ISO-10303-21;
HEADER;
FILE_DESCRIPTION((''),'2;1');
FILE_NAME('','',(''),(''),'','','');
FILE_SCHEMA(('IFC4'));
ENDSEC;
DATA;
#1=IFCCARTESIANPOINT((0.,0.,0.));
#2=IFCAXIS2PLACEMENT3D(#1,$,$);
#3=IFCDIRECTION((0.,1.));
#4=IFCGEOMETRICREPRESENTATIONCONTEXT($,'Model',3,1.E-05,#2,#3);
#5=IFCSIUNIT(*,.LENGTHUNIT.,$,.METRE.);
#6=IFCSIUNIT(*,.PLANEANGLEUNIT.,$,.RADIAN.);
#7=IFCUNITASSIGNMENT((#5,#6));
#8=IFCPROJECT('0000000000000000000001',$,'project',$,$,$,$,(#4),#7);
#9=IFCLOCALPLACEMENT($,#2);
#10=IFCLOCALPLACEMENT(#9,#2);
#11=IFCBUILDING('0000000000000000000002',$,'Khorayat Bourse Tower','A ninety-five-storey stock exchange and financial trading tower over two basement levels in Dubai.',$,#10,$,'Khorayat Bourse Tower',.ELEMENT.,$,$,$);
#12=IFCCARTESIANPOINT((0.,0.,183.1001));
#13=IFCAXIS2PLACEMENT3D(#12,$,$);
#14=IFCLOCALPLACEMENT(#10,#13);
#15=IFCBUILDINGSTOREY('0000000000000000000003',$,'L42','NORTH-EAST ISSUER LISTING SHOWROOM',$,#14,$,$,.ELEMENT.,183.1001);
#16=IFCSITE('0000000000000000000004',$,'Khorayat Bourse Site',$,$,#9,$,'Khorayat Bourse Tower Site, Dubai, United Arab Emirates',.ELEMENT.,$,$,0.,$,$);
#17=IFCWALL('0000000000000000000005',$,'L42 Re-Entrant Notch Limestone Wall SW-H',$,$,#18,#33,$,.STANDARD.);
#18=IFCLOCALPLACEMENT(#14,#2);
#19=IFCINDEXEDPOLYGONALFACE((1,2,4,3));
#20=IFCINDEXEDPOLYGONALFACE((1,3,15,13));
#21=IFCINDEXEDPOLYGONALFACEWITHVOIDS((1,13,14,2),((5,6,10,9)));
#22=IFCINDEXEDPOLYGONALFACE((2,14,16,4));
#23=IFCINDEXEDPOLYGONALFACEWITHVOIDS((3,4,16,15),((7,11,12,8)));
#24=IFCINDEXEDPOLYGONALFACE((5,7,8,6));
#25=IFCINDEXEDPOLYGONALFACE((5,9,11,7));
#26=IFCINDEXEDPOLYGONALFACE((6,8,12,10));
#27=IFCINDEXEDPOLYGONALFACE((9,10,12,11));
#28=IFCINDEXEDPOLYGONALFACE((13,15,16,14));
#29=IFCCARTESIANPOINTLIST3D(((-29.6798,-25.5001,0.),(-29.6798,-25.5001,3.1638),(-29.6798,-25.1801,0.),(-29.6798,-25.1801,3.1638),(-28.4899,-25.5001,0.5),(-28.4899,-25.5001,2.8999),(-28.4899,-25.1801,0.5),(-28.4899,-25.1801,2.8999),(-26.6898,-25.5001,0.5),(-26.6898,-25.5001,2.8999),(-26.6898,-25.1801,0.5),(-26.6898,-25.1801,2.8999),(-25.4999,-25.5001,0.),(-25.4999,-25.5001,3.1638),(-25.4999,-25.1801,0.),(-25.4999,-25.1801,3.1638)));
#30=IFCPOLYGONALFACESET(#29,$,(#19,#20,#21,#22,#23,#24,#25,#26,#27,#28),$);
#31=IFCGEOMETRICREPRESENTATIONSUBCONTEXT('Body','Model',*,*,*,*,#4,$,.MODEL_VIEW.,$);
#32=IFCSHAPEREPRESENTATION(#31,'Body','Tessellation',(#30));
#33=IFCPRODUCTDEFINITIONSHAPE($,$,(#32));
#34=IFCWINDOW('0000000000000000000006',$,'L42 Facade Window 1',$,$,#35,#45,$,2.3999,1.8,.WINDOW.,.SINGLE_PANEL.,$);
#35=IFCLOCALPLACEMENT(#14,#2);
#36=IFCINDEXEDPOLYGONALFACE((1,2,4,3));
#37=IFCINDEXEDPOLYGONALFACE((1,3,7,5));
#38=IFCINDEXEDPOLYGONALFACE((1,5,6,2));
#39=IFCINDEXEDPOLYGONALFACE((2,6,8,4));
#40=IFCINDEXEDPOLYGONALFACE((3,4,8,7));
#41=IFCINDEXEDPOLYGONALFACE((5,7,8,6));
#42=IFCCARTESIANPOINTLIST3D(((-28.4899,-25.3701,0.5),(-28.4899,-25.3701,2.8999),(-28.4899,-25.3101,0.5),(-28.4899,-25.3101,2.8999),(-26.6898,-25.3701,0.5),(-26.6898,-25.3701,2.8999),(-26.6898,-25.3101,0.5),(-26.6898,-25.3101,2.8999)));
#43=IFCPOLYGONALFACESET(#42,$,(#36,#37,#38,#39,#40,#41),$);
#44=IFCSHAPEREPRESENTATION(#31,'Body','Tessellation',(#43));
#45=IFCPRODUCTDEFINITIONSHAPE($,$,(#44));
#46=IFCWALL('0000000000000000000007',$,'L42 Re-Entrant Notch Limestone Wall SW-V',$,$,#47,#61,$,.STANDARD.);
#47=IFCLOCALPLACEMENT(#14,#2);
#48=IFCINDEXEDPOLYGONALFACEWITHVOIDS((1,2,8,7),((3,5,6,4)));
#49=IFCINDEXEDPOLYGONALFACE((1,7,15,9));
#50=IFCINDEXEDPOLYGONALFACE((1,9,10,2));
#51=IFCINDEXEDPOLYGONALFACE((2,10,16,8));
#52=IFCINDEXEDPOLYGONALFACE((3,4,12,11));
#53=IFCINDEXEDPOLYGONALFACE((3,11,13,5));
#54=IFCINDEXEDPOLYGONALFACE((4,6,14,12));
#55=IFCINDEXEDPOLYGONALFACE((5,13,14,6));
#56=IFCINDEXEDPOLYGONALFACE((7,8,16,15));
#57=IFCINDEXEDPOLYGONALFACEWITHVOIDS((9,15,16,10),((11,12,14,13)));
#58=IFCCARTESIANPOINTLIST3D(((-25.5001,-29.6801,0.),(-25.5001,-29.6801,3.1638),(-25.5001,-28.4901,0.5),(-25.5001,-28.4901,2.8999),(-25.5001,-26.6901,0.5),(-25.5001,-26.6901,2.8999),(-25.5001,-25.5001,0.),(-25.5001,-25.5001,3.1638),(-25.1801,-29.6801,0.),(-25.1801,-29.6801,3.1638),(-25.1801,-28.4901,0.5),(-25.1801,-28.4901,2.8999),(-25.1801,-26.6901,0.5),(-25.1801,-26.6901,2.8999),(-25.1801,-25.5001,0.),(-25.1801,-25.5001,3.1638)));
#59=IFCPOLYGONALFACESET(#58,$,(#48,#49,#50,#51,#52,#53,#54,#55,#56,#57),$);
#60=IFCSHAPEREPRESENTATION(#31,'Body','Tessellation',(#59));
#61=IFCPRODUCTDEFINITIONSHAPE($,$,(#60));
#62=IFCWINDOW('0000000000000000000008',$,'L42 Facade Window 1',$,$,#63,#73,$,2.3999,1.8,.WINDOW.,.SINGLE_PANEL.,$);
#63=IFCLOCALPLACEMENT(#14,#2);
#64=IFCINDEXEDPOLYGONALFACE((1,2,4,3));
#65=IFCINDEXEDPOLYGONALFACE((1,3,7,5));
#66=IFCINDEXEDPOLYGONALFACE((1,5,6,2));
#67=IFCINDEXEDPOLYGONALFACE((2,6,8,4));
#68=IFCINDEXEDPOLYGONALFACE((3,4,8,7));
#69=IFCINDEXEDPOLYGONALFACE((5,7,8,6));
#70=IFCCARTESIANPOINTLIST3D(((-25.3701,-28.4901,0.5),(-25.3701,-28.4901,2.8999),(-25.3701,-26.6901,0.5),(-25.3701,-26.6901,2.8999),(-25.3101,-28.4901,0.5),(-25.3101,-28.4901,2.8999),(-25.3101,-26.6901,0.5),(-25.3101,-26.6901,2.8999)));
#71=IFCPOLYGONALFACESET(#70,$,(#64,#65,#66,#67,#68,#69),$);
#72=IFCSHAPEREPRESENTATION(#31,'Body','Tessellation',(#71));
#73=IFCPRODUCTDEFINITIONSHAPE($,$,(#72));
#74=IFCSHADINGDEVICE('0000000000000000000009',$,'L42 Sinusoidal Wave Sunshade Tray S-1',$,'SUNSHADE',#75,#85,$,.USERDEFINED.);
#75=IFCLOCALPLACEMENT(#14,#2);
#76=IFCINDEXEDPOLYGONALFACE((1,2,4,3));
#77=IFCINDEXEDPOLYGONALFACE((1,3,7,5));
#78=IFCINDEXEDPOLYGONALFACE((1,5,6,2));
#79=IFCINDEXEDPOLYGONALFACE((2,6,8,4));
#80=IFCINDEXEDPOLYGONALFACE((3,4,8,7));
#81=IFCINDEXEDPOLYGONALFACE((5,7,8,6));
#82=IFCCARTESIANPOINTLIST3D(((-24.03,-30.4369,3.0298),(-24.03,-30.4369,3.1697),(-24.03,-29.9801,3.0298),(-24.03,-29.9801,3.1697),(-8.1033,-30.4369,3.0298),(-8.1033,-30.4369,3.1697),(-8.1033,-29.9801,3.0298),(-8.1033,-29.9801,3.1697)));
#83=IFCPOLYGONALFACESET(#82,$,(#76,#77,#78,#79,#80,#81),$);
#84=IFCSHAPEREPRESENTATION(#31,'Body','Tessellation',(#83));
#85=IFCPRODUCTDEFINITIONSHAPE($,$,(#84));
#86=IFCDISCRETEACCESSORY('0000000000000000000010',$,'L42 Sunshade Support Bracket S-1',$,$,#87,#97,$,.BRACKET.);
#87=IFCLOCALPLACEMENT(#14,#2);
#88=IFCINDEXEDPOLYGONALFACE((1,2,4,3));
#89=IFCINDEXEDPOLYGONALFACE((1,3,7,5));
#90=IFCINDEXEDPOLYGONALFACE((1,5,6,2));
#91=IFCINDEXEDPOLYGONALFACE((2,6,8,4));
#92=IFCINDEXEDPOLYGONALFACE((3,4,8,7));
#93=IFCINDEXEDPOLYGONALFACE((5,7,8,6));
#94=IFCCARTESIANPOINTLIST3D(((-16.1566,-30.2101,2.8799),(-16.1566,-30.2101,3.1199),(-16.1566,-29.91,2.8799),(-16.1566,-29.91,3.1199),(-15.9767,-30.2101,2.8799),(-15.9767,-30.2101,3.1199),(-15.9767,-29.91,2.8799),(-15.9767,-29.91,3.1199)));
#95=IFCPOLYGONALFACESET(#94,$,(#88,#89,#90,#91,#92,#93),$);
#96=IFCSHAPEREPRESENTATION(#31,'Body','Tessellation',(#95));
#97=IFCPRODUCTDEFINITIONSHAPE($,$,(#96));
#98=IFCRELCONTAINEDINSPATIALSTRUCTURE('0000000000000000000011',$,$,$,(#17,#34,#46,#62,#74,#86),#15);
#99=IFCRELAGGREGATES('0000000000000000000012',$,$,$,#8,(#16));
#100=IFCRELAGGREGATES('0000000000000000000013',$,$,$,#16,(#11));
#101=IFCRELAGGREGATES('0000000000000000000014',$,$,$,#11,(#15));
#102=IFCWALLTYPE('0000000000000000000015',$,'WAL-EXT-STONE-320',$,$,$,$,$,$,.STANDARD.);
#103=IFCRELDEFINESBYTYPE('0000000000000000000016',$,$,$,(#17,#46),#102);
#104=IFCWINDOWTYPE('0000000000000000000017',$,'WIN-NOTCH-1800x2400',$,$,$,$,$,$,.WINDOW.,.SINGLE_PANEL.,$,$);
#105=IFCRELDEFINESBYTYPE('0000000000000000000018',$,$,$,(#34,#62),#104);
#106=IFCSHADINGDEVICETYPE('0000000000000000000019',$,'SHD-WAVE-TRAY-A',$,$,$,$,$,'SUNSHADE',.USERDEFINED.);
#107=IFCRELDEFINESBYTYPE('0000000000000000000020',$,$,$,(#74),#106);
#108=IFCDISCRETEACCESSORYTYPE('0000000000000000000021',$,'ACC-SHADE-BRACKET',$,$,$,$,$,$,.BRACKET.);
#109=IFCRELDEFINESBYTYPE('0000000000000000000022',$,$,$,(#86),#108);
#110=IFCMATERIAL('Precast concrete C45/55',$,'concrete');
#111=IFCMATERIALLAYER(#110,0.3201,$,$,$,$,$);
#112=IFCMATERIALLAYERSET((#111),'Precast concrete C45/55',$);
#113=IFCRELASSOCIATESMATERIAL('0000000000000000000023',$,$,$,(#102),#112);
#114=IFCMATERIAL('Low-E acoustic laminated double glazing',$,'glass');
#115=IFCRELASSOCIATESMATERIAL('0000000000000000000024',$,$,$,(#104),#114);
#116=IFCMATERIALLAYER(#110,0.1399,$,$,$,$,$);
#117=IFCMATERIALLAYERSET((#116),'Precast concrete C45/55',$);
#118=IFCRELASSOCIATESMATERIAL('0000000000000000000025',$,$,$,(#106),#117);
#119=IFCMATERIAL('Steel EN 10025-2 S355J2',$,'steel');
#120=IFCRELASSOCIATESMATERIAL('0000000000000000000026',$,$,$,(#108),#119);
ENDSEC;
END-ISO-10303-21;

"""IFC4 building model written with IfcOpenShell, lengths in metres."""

from ifc_helpers import new_model, si_unit, direction, frame, frame_2d, origin, origin_2d, place, context, subcontext, project, spatial, rectangle, extrude, source, transform, mapped, material, layer, layer_set, type_object, element, fill, save


model = new_model("IFC4")

# Units and contexts
model_context = context("Model", 3, precision=1e-05, world=origin(), true_north=direction((0.0, 1.0)))
body_context = subcontext(model_context, "Body", "Model", "MODEL_VIEW")
ifc_project = project(units=[si_unit("LENGTHUNIT", "METRE"), si_unit("PLANEANGLEUNIT", "RADIAN")], contexts=[model_context])

# Site, building, storey
site_placement = place(None, origin())
site = spatial("IfcSite", under=ifc_project, at=site_placement, Name="Khorayat Bourse Site", LongName="Khorayat Bourse Tower Site, Dubai, United Arab Emirates", CompositionType="ELEMENT", RefElevation=0.0)
building_placement = place(site_placement, origin())
building = spatial("IfcBuilding", under=site, at=building_placement, Name="Khorayat Bourse Tower", Description="A ninety-five-storey stock exchange and financial trading tower over two basement levels in Dubai.", LongName="Khorayat Bourse Tower", CompositionType="ELEMENT")
storey_placement = place(building_placement, frame((0.0, 0.0, 183.1001)))
storey = spatial("IfcBuildingStorey", under=building, at=storey_placement, Name="L42", Description="NORTH-EAST ISSUER LISTING SHOWROOM", CompositionType="ELEMENT", Elevation=183.1001)

# Walls, openings, windows
ifc_material_1 = material(Name="Precast concrete C45/55", Category="concrete")
ifc_layer_1 = layer(ifc_material_1, 0.3201)
ifc_layer_set_1 = layer_set([ifc_layer_1], Name="Precast concrete C45/55")
wall_type = type_object("IfcWallType", Name="WAL-EXT-STONE-320", PredefinedType="STANDARD", material=ifc_layer_set_1)
shared_shape_1 = source(origin(), body_context, "Body", "SweptSolid", [
    extrude(rectangle(XDim=4.1799, YDim=0.3201, at=frame_2d((2.0898, 0.0))), origin(), (0.0, 0.0, 1.0), 3.1638),
])
wall_1_placement = place(storey_placement, frame((-25.5, -25.3401, 0.0), z_axis=(0.0, 0.0, 1.0), x_axis=(-1.0, 0.0, 0.0)))
wall_1 = element("IfcWall", 1, at=wall_1_placement, inside=storey, type_object=wall_type, Name="L42 Re-Entrant Notch Limestone Wall SW-H", PredefinedType="STANDARD", context=body_context, shape_type="MappedRepresentation", body=[
    mapped(shared_shape_1, transform((0.0, 0.0, 0.0), scale=1.0)),
])
shared_shape_2 = source(origin(), body_context, "Body", "SweptSolid", [
    extrude(rectangle(XDim=1.8, YDim=2.3999, at=frame_2d((0.8999, 1.2))), frame((0.0, 0.1699, 0.0), z_axis=(0.0, -1.0, 0.0), x_axis=(1.0, 0.0, 0.0)), (0.0, 0.0, 1.0), 0.3401),
])
opening_1_placement = place(wall_1_placement, frame((1.1899, 0.0, 0.5)))
opening_1 = element("IfcOpeningElement", 2, at=opening_1_placement, cuts=wall_1, PredefinedType="OPENING", context=body_context, shape_type="MappedRepresentation", body=[
    mapped(shared_shape_2, transform((0.0, 0.0, 0.0), scale=1.0)),
])
ifc_material_2 = material(Name="Low-E acoustic laminated double glazing", Category="glass")
window_type = type_object("IfcWindowType", Name="WIN-NOTCH-1800x2400", PartitioningType="SINGLE_PANEL", PredefinedType="WINDOW", material=ifc_material_2)
shared_shape_3 = source(origin(), body_context, "Body", "SweptSolid", [
    extrude(rectangle(XDim=1.8, YDim=2.3999, at=frame_2d((0.8999, 1.2))), frame((0.0, 0.03, 0.0), z_axis=(0.0, -1.0, 0.0), x_axis=(1.0, 0.0, 0.0)), (0.0, 0.0, 1.0), 0.0601),
])
window_1_placement = place(opening_1_placement, origin())
window_1 = element("IfcWindow", 3, at=window_1_placement, inside=storey, type_object=window_type, Name="L42 Facade Window 1", OverallHeight=2.3999, OverallWidth=1.8, PartitioningType="SINGLE_PANEL", PredefinedType="WINDOW", context=body_context, shape_type="MappedRepresentation", body=[
    mapped(shared_shape_3, transform((0.0, 0.0, 0.0), scale=1.0)),
])
fill(opening_1, window_1)
wall_2_placement = place(storey_placement, frame((-25.3401, -29.6799, 0.0), z_axis=(0.0, 0.0, 1.0), x_axis=(0.0, 1.0, 0.0)))
wall_2 = element("IfcWall", 4, at=wall_2_placement, inside=storey, type_object=wall_type, Name="L42 Re-Entrant Notch Limestone Wall SW-V", PredefinedType="STANDARD", context=body_context, shape_type="MappedRepresentation", body=[
    mapped(shared_shape_1, transform((0.0, 0.0, 0.0), scale=1.0)),
])
opening_2_placement = place(wall_2_placement, frame((1.1899, 0.0, 0.5)))
opening_2 = element("IfcOpeningElement", 5, at=opening_2_placement, cuts=wall_2, PredefinedType="OPENING", context=body_context, shape_type="MappedRepresentation", body=[
    mapped(shared_shape_2, transform((0.0, 0.0, 0.0), scale=1.0)),
])
window_2_placement = place(opening_2_placement, origin())
window_2 = element("IfcWindow", 6, at=window_2_placement, inside=storey, type_object=window_type, Name="L42 Facade Window 1", OverallHeight=2.3999, OverallWidth=1.8, PartitioningType="SINGLE_PANEL", PredefinedType="WINDOW", context=body_context, shape_type="MappedRepresentation", body=[
    mapped(shared_shape_3, transform((0.0, 0.0, 0.0), scale=1.0)),
])
fill(opening_2, window_2)

# Shading device
ifc_layer_2 = layer(ifc_material_1, 0.1399)
ifc_layer_set_2 = layer_set([ifc_layer_2], Name="Precast concrete C45/55")
shading_device_type = type_object("IfcShadingDeviceType", Name="SHD-WAVE-TRAY-A", ElementType="SUNSHADE", PredefinedType="USERDEFINED", material=ifc_layer_set_2)
shared_shape_4 = source(origin(), body_context, "Body", "SweptSolid", [
    extrude(rectangle(XDim=15.9268, YDim=0.4568, at=origin_2d()), origin(), (0.0, 0.0, 1.0), 0.1399),
])
shading_device_placement = place(storey_placement, frame((-16.0667, -30.2085, 3.0298), z_axis=(0.0, 0.0, 1.0), x_axis=(1.0, 0.0, 0.0)))
element("IfcShadingDevice", 7, at=shading_device_placement, inside=storey, type_object=shading_device_type, Name="L42 Sinusoidal Wave Sunshade Tray S-1", ObjectType="SUNSHADE", PredefinedType="USERDEFINED", context=body_context, shape_type="MappedRepresentation", body=[
    mapped(shared_shape_4, transform((0.0, 0.0, 0.0), scale=1.0)),
])

# Discrete accessory
ifc_material_3 = material(Name="Steel EN 10025-2 S355J2", Category="steel")
discrete_accessory_type = type_object("IfcDiscreteAccessoryType", Name="ACC-SHADE-BRACKET", PredefinedType="BRACKET", material=ifc_material_3)
shared_shape_5 = source(origin(), body_context, "Body", "SweptSolid", [
    extrude(rectangle(XDim=0.1799, YDim=0.3, at=origin_2d()), origin(), (0.0, 0.0, 1.0), 0.24),
])
discrete_accessory_placement = place(storey_placement, frame((-16.0667, -30.0601, 2.8799), z_axis=(0.0, 0.0, 1.0), x_axis=(1.0, 0.0, 0.0)))
element("IfcDiscreteAccessory", 8, at=discrete_accessory_placement, inside=storey, type_object=discrete_accessory_type, Name="L42 Sunshade Support Bracket S-1", PredefinedType="BRACKET", context=body_context, shape_type="MappedRepresentation", body=[
    mapped(shared_shape_5, transform((0.0, 0.0, 0.0), scale=1.0)),
])

save(model, "model.ifc")
